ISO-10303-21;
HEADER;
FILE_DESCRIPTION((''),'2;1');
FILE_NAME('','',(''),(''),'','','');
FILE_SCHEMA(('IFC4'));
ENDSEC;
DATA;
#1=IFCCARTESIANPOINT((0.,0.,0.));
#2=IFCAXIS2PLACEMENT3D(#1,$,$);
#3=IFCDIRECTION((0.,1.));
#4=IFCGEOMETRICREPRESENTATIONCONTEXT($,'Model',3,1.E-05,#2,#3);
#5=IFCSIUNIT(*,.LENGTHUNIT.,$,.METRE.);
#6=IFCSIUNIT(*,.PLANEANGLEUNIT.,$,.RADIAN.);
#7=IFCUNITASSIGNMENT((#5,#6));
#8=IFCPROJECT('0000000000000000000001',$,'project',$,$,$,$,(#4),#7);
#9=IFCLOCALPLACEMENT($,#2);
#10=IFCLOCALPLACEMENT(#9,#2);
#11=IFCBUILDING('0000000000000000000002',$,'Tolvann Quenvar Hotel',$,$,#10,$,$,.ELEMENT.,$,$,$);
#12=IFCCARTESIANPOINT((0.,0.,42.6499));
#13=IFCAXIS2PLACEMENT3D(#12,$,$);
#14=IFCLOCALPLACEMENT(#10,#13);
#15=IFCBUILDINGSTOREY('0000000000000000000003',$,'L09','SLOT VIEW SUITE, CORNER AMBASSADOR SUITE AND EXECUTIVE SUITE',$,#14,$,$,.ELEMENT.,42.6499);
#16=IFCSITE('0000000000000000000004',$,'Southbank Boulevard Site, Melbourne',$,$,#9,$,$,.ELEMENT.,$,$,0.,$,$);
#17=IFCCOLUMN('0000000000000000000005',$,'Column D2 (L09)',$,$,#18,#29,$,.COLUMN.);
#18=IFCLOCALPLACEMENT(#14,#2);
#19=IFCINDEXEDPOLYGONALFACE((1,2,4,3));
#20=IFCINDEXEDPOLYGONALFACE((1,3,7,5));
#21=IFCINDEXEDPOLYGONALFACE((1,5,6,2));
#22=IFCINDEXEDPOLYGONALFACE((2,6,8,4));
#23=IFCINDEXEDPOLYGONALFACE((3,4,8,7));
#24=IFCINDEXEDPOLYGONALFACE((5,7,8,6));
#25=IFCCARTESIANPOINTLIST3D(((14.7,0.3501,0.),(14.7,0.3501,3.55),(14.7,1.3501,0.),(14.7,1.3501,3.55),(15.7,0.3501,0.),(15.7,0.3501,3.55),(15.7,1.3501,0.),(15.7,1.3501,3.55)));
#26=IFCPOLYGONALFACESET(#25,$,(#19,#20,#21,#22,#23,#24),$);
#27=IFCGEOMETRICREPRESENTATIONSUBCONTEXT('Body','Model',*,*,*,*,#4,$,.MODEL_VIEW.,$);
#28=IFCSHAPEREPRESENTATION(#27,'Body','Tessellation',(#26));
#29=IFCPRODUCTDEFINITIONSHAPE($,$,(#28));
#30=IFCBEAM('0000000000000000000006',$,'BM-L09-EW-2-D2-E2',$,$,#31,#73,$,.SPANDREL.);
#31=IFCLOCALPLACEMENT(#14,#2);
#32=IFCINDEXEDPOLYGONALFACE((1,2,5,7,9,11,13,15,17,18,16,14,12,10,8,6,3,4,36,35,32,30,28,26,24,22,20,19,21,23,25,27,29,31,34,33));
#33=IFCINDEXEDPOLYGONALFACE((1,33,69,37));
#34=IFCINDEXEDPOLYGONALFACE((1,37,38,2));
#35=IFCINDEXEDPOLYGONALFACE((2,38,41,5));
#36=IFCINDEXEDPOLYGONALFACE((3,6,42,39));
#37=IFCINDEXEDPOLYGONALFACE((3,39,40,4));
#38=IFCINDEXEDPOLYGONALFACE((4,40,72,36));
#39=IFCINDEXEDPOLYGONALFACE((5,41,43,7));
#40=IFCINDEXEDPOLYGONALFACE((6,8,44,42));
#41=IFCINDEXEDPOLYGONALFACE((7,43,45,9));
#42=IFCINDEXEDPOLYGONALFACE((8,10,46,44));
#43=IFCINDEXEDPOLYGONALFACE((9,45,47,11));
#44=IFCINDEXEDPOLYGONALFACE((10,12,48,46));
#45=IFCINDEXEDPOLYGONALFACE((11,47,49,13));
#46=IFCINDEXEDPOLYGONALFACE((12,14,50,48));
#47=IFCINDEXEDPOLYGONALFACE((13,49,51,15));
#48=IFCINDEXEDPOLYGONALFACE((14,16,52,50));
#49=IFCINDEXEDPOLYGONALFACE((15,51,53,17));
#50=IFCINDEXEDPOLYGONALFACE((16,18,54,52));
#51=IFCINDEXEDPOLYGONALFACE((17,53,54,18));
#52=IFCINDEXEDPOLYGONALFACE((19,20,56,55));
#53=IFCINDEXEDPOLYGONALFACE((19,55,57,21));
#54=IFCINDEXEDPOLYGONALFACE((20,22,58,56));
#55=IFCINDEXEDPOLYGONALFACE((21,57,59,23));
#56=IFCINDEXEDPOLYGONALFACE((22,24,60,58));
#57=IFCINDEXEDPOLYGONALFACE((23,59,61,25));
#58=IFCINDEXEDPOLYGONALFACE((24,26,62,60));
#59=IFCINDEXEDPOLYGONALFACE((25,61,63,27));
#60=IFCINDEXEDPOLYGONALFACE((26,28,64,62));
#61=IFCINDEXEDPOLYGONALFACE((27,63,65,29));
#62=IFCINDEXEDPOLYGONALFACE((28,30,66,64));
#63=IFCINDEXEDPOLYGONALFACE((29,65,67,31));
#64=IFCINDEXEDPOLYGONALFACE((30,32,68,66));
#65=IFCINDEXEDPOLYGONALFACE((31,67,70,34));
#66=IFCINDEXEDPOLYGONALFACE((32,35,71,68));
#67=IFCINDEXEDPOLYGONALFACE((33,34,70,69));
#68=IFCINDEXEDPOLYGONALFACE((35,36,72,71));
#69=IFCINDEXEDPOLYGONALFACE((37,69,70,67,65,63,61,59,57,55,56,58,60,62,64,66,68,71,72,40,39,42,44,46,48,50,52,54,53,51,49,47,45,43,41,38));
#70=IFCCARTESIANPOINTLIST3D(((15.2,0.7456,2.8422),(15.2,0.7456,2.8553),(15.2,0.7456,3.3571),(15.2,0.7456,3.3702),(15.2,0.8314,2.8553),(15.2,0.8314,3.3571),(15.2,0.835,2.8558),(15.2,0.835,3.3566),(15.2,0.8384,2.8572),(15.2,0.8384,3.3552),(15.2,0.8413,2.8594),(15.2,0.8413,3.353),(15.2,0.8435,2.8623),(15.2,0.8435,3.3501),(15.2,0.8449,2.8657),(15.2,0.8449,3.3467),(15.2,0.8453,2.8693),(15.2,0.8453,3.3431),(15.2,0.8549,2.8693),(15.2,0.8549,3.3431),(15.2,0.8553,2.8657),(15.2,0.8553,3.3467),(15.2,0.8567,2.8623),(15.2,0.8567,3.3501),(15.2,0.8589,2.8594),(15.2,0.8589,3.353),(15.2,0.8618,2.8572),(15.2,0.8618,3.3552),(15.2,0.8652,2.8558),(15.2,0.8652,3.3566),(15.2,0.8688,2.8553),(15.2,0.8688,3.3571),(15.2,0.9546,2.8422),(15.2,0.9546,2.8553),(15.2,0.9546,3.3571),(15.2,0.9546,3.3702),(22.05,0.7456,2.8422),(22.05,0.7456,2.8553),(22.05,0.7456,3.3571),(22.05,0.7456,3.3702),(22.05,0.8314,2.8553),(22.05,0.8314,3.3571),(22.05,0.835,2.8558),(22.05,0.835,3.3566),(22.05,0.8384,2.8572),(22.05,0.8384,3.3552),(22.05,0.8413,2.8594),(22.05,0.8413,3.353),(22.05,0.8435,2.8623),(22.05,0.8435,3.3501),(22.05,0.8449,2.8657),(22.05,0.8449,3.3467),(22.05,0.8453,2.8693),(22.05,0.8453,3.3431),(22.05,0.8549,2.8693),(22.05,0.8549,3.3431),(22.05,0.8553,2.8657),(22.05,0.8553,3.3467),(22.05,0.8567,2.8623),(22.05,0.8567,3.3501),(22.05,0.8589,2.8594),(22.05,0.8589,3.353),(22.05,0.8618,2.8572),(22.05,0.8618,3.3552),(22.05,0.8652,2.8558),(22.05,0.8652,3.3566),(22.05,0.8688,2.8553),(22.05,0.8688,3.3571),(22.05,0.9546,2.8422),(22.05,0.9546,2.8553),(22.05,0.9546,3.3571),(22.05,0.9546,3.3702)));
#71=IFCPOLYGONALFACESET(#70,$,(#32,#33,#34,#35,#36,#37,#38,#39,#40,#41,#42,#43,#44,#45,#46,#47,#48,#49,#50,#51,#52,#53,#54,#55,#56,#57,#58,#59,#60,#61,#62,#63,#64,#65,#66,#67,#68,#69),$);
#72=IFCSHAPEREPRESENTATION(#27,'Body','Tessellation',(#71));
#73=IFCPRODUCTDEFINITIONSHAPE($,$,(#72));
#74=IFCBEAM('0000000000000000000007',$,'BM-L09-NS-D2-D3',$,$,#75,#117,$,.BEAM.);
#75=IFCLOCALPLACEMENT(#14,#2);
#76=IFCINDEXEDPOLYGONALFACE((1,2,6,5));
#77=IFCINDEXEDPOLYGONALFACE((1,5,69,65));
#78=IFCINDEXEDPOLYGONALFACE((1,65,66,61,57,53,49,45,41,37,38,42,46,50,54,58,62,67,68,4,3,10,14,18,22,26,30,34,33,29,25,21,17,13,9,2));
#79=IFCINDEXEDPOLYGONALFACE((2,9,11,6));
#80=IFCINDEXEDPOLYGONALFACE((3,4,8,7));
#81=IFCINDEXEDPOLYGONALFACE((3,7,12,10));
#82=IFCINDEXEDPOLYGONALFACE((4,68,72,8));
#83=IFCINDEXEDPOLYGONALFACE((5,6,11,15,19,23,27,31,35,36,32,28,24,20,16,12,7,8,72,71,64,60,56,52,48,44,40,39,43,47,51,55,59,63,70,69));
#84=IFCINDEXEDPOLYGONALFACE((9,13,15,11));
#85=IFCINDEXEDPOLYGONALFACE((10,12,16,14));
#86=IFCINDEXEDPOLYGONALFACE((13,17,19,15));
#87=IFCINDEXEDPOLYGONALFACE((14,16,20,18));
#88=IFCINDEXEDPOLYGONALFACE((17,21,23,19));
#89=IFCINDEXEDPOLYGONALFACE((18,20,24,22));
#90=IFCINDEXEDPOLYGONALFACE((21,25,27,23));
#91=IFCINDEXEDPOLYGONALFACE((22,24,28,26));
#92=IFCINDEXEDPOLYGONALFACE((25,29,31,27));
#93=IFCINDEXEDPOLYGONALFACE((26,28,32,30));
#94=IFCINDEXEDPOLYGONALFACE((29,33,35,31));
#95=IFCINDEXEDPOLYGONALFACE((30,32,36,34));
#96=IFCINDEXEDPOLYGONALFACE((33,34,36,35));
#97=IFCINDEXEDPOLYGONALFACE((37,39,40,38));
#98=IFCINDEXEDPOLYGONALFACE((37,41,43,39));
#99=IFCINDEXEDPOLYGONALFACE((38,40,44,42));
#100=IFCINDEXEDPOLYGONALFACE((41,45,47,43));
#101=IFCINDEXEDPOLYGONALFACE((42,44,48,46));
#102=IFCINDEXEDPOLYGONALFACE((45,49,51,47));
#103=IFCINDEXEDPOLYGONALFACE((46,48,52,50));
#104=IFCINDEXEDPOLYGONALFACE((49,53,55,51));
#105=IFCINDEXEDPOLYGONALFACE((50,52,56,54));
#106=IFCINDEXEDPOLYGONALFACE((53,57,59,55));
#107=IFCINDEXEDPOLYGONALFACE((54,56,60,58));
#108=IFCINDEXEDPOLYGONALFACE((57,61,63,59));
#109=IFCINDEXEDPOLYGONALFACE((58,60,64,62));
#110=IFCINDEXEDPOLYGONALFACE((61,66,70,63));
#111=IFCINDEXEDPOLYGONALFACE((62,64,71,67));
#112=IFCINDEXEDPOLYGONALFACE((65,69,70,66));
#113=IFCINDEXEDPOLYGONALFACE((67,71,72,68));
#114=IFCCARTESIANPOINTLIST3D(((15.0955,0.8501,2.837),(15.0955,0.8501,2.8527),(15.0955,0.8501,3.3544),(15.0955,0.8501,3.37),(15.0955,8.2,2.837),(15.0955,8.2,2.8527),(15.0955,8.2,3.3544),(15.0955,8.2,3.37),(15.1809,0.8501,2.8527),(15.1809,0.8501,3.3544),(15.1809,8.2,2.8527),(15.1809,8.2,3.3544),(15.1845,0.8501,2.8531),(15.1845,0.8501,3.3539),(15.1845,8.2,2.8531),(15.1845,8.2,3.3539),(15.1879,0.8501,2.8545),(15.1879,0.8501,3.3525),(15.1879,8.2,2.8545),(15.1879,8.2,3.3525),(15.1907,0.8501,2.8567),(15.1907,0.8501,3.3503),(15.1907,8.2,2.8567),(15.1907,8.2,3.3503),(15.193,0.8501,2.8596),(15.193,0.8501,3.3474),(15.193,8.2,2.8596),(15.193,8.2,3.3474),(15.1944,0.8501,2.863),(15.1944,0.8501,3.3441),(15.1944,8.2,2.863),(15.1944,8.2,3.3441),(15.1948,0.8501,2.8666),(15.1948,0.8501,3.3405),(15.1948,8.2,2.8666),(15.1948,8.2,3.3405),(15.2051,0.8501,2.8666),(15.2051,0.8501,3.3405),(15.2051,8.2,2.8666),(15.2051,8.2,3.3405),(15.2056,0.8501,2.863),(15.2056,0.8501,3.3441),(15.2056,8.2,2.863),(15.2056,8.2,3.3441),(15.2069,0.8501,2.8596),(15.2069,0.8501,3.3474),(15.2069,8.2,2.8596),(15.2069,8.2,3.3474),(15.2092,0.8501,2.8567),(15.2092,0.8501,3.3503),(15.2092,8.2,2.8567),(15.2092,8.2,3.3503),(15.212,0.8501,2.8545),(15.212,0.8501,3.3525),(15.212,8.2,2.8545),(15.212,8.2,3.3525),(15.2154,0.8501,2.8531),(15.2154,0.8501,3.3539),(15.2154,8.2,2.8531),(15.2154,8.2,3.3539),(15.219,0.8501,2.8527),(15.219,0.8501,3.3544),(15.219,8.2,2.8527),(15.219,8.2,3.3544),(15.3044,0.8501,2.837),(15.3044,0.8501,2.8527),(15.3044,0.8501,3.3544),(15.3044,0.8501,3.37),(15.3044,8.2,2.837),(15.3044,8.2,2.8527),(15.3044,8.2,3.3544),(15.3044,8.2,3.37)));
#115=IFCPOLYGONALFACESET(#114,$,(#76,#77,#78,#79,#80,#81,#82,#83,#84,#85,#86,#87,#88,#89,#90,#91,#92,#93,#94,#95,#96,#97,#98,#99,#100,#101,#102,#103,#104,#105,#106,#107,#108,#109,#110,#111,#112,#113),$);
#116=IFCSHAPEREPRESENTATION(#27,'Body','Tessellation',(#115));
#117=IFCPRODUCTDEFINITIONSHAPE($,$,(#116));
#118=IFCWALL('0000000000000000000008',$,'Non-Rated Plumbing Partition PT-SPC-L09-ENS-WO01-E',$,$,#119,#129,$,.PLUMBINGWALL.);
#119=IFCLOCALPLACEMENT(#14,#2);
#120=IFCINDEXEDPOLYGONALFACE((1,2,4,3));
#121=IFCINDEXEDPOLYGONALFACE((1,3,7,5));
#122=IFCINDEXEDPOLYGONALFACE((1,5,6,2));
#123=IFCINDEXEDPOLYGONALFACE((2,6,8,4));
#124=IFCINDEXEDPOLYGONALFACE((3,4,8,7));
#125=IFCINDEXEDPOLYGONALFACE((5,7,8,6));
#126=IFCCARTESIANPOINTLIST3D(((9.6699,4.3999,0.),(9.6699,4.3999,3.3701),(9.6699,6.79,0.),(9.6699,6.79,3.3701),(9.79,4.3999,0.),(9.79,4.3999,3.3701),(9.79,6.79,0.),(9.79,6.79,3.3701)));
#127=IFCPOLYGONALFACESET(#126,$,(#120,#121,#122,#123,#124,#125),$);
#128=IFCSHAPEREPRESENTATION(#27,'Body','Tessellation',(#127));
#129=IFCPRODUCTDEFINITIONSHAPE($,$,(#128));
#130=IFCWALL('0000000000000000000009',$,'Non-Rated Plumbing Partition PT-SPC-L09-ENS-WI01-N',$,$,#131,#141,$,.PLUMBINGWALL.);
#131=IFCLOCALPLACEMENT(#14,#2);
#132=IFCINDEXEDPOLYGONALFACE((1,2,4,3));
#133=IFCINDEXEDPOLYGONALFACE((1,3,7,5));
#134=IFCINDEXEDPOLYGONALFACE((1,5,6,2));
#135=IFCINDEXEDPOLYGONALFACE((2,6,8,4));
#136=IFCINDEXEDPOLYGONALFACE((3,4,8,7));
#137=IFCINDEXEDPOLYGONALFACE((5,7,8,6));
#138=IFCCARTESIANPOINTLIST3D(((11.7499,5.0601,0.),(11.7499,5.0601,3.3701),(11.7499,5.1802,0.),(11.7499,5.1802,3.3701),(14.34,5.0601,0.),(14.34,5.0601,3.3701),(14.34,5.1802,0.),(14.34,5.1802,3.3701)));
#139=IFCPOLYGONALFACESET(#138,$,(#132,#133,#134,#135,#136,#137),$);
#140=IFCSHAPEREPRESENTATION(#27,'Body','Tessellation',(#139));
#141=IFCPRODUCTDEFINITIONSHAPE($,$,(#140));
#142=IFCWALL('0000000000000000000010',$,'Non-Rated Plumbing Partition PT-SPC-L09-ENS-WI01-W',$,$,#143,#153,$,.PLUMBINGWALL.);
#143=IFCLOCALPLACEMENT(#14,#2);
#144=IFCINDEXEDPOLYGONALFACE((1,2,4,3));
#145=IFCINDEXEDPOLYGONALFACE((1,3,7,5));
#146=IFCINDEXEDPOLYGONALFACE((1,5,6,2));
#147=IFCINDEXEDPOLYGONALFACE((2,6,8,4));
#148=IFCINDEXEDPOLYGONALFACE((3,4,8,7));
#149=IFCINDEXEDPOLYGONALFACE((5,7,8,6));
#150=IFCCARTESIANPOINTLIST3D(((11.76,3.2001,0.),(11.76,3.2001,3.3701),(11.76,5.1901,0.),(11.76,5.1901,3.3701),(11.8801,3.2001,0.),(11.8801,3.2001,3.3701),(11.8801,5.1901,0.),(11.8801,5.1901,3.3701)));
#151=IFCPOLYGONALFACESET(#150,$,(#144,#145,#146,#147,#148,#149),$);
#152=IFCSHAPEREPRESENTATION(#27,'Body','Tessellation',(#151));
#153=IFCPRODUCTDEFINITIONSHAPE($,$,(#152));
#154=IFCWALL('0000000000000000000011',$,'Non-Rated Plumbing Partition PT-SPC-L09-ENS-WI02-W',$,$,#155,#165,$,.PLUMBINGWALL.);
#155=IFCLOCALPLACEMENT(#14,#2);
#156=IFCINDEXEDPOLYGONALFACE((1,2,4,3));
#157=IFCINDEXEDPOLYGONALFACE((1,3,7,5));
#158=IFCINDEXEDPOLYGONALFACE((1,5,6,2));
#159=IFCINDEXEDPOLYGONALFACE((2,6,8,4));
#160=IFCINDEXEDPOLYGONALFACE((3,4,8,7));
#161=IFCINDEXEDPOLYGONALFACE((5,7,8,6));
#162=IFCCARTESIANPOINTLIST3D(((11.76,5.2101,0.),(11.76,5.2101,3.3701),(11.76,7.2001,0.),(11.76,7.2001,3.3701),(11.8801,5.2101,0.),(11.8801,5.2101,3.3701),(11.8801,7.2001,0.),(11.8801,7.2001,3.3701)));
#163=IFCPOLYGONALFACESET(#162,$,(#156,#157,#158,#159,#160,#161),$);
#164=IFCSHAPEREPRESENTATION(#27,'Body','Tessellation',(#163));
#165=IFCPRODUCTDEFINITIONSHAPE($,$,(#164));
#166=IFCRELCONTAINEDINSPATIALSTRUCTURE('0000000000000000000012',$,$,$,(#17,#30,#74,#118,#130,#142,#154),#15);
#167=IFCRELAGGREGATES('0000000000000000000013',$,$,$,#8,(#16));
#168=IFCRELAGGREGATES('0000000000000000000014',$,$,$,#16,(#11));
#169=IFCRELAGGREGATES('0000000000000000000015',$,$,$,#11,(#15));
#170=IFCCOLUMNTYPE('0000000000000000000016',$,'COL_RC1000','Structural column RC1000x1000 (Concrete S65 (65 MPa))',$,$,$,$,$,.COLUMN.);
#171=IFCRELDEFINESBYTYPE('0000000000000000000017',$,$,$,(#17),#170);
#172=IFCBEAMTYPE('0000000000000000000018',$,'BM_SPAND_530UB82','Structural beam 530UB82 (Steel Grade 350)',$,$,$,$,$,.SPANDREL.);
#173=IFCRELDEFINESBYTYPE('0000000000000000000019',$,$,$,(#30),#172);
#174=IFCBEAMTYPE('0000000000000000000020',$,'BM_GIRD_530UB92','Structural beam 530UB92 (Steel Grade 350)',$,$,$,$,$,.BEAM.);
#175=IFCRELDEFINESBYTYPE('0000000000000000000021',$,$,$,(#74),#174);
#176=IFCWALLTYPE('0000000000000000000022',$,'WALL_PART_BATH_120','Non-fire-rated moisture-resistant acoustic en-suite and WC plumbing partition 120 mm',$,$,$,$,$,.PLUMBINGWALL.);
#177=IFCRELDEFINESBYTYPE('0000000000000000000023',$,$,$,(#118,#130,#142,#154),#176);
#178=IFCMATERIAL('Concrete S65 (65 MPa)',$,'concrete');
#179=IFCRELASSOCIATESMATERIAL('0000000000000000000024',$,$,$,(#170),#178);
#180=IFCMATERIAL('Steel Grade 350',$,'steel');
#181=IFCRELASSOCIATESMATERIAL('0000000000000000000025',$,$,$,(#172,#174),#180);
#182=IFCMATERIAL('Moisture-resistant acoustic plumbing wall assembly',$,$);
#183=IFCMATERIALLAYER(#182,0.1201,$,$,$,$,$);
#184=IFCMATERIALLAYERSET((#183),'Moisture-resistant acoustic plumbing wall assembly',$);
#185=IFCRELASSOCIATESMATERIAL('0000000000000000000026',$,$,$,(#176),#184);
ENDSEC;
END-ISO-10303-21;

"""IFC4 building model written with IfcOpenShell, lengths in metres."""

from ifc_helpers import new_model, si_unit, direction, frame, frame_2d, origin, origin_2d, place, context, subcontext, project, spatial, rectangle, i_section, extrude, source, transform, mapped, material, layer, layer_set, material_profile, profile_set, type_object, type_shapes, element, save


model = new_model("IFC4")

# Units and contexts
model_context = context("Model", 3, precision=1e-05, world=origin(), true_north=direction((0.0, 1.0)))
body_context = subcontext(model_context, "Body", "Model", "MODEL_VIEW")
ifc_project = project(units=[si_unit("LENGTHUNIT", "METRE"), si_unit("PLANEANGLEUNIT", "RADIAN")], contexts=[model_context])

# Site, building, storey
site_placement = place(None, origin())
site = spatial("IfcSite", under=ifc_project, at=site_placement, Name="Southbank Boulevard Site, Melbourne", CompositionType="ELEMENT", RefElevation=0.0)
building_placement = place(site_placement, origin())
building = spatial("IfcBuilding", under=site, at=building_placement, Name="Tolvann Quenvar Hotel", CompositionType="ELEMENT")
storey_placement = place(building_placement, frame((0.0, 0.0, 42.6499)))
storey = spatial("IfcBuildingStorey", under=building, at=storey_placement, Name="L09", Description="SLOT VIEW SUITE, CORNER AMBASSADOR SUITE AND EXECUTIVE SUITE", CompositionType="ELEMENT", Elevation=42.6499)

# Column
ifc_material_1 = material(Name="Concrete S65 (65 MPa)", Category="concrete")
ifc_material_profile_1 = material_profile(ifc_material_1, rectangle(XDim=1.0, YDim=1.0, at=origin_2d()), Name="RC1000x1000")
ifc_profile_set_1 = profile_set([ifc_material_profile_1], Name="Concrete S65 (65 MPa)")
column_type = type_object("IfcColumnType", Name="COL_RC1000", Description="Structural column RC1000x1000 (Concrete S65 (65 MPa))", PredefinedType="COLUMN", material=ifc_profile_set_1)
shared_shape_1 = source(origin(), body_context, "Body", "SweptSolid", [
    extrude(rectangle(XDim=1.0, YDim=1.0, at=origin_2d()), origin(), (0.0, 0.0, 1.0), 3.55),
])
type_shapes(column_type, [shared_shape_1])
column_placement = place(storey_placement, frame((15.2, 0.8501, 0.0), z_axis=(0.0, 0.0, 1.0), x_axis=(1.0, 0.0, 0.0)))
element("IfcColumn", 1, at=column_placement, inside=storey, type_object=column_type, Name="Column D2 (L09)", PredefinedType="COLUMN", context=body_context, shape_type="MappedRepresentation", body=[
    mapped(shared_shape_1, transform((0.0, 0.0, 0.0), x_axis=(1.0, 0.0, 0.0), y_axis=(0.0, 1.0, 0.0), z_axis=(0.0, 0.0, 1.0), scale=1.0)),
])

# Beams
ifc_material_2 = material(Name="Steel Grade 350", Category="steel")
ifc_material_profile_2 = material_profile(ifc_material_2, i_section(OverallWidth=0.209, OverallDepth=0.5281, WebThickness=0.0095, FlangeThickness=0.0132, FilletRadius=0.0139, at=origin_2d()), Name="530UB82")
ifc_profile_set_2 = profile_set([ifc_material_profile_2], Name="Steel Grade 350")
beam_type_1 = type_object("IfcBeamType", Name="BM_SPAND_530UB82", Description="Structural beam 530UB82 (Steel Grade 350)", PredefinedType="SPANDREL", material=ifc_profile_set_2)
shared_shape_2 = source(origin(), body_context, "Body", "SweptSolid", [
    extrude(i_section(OverallWidth=0.209, OverallDepth=0.5281, WebThickness=0.0095, FlangeThickness=0.0132, FilletRadius=0.0139, at=origin_2d()), origin(), (0.0, 0.0, 1.0), 6.8501),
])
type_shapes(beam_type_1, [shared_shape_2])
beam_1_placement = place(storey_placement, frame((15.2, 0.8501, 3.1062), z_axis=(1.0, 0.0, 0.0), x_axis=(0.0, 1.0, 0.0)))
element("IfcBeam", 2, at=beam_1_placement, inside=storey, type_object=beam_type_1, Name="BM-L09-EW-2-D2-E2", PredefinedType="SPANDREL", context=body_context, shape_type="MappedRepresentation", body=[
    mapped(shared_shape_2, transform((0.0, 0.0, 0.0), x_axis=(1.0, 0.0, 0.0), y_axis=(0.0, 1.0, 0.0), z_axis=(0.0, 0.0, 1.0), scale=1.0)),
])
ifc_material_profile_3 = material_profile(ifc_material_2, i_section(OverallWidth=0.209, OverallDepth=0.533, WebThickness=0.0103, FlangeThickness=0.0156, FilletRadius=0.0139, at=origin_2d()), Name="530UB92")
ifc_profile_set_3 = profile_set([ifc_material_profile_3], Name="Steel Grade 350")
beam_type_2 = type_object("IfcBeamType", Name="BM_GIRD_530UB92", Description="Structural beam 530UB92 (Steel Grade 350)", PredefinedType="BEAM", material=ifc_profile_set_3)
shared_shape_3 = source(origin(), body_context, "Body", "SweptSolid", [
    extrude(i_section(OverallWidth=0.209, OverallDepth=0.533, WebThickness=0.0103, FlangeThickness=0.0156, FilletRadius=0.0139, at=origin_2d()), origin(), (0.0, 0.0, 1.0), 7.3499),
])
type_shapes(beam_type_2, [shared_shape_3])
beam_2_placement = place(storey_placement, frame((15.2, 0.8501, 3.1035), z_axis=(0.0, 1.0, 0.0), x_axis=(-1.0, 0.0, 0.0)))
element("IfcBeam", 3, at=beam_2_placement, inside=storey, type_object=beam_type_2, Name="BM-L09-NS-D2-D3", PredefinedType="BEAM", context=body_context, shape_type="MappedRepresentation", body=[
    mapped(shared_shape_3, transform((0.0, 0.0, 0.0), x_axis=(1.0, 0.0, 0.0), y_axis=(0.0, 1.0, 0.0), z_axis=(0.0, 0.0, 1.0), scale=1.0)),
])

# Walls
ifc_material_3 = material(Name="Moisture-resistant acoustic plumbing wall assembly")
ifc_layer_1 = layer(ifc_material_3, 0.1201)
ifc_layer_set_1 = layer_set([ifc_layer_1], Name="Moisture-resistant acoustic plumbing wall assembly")
wall_type_1 = type_object("IfcWallType", Name="WALL_PART_BATH_120", Description="Non-fire-rated moisture-resistant acoustic en-suite and WC plumbing partition 120 mm", PredefinedType="PLUMBINGWALL", material=ifc_layer_set_1)
wall_1_placement = place(storey_placement, frame((9.73, 4.3999, 0.0), z_axis=(0.0, 0.0, 1.0), x_axis=(0.0, 1.0, 0.0)))
element("IfcWall", 4, at=wall_1_placement, inside=storey, type_object=wall_type_1, Name="Non-Rated Plumbing Partition PT-SPC-L09-ENS-WO01-E", PredefinedType="PLUMBINGWALL", context=body_context, shape_type="SweptSolid", body=[
    extrude(rectangle(XDim=2.3901, YDim=0.1201, at=frame_2d((1.1951, 0.0))), origin(), (0.0, 0.0, 1.0), 3.3701),
])
wall_2_placement = place(storey_placement, frame((11.75, 5.1201, 0.0), z_axis=(0.0, 0.0, 1.0), x_axis=(1.0, 0.0, 0.0)))
element("IfcWall", 5, at=wall_2_placement, inside=storey, type_object=wall_type_1, Name="Non-Rated Plumbing Partition PT-SPC-L09-ENS-WI01-N", PredefinedType="PLUMBINGWALL", context=body_context, shape_type="SweptSolid", body=[
    extrude(rectangle(XDim=2.5901, YDim=0.1201, at=frame_2d((1.2949, 0.0))), origin(), (0.0, 0.0, 1.0), 3.3701),
])
for number, where, z_axis, x_axis, name in (
    (6, (11.8201, 3.2, 0.0), (0.0, 0.0, 1.0), (0.0, 1.0, 0.0), "Non-Rated Plumbing Partition PT-SPC-L09-ENS-WI01-W"),
    (7, (11.8201, 5.21, 0.0), (0.0, 0.0, 1.0), (0.0, 1.0, 0.0), "Non-Rated Plumbing Partition PT-SPC-L09-ENS-WI02-W"),
):
    element("IfcWall", number, at=place(storey_placement, frame(where, z_axis=z_axis, x_axis=x_axis)), inside=storey, type_object=wall_type_1, Name=name, PredefinedType="PLUMBINGWALL", context=body_context, shape_type="SweptSolid", body=[
        extrude(rectangle(XDim=1.99, YDim=0.1201, at=frame_2d((0.9951, 0.0))), origin(), (0.0, 0.0, 1.0), 3.3701),
    ])

save(model, "model.ifc")
